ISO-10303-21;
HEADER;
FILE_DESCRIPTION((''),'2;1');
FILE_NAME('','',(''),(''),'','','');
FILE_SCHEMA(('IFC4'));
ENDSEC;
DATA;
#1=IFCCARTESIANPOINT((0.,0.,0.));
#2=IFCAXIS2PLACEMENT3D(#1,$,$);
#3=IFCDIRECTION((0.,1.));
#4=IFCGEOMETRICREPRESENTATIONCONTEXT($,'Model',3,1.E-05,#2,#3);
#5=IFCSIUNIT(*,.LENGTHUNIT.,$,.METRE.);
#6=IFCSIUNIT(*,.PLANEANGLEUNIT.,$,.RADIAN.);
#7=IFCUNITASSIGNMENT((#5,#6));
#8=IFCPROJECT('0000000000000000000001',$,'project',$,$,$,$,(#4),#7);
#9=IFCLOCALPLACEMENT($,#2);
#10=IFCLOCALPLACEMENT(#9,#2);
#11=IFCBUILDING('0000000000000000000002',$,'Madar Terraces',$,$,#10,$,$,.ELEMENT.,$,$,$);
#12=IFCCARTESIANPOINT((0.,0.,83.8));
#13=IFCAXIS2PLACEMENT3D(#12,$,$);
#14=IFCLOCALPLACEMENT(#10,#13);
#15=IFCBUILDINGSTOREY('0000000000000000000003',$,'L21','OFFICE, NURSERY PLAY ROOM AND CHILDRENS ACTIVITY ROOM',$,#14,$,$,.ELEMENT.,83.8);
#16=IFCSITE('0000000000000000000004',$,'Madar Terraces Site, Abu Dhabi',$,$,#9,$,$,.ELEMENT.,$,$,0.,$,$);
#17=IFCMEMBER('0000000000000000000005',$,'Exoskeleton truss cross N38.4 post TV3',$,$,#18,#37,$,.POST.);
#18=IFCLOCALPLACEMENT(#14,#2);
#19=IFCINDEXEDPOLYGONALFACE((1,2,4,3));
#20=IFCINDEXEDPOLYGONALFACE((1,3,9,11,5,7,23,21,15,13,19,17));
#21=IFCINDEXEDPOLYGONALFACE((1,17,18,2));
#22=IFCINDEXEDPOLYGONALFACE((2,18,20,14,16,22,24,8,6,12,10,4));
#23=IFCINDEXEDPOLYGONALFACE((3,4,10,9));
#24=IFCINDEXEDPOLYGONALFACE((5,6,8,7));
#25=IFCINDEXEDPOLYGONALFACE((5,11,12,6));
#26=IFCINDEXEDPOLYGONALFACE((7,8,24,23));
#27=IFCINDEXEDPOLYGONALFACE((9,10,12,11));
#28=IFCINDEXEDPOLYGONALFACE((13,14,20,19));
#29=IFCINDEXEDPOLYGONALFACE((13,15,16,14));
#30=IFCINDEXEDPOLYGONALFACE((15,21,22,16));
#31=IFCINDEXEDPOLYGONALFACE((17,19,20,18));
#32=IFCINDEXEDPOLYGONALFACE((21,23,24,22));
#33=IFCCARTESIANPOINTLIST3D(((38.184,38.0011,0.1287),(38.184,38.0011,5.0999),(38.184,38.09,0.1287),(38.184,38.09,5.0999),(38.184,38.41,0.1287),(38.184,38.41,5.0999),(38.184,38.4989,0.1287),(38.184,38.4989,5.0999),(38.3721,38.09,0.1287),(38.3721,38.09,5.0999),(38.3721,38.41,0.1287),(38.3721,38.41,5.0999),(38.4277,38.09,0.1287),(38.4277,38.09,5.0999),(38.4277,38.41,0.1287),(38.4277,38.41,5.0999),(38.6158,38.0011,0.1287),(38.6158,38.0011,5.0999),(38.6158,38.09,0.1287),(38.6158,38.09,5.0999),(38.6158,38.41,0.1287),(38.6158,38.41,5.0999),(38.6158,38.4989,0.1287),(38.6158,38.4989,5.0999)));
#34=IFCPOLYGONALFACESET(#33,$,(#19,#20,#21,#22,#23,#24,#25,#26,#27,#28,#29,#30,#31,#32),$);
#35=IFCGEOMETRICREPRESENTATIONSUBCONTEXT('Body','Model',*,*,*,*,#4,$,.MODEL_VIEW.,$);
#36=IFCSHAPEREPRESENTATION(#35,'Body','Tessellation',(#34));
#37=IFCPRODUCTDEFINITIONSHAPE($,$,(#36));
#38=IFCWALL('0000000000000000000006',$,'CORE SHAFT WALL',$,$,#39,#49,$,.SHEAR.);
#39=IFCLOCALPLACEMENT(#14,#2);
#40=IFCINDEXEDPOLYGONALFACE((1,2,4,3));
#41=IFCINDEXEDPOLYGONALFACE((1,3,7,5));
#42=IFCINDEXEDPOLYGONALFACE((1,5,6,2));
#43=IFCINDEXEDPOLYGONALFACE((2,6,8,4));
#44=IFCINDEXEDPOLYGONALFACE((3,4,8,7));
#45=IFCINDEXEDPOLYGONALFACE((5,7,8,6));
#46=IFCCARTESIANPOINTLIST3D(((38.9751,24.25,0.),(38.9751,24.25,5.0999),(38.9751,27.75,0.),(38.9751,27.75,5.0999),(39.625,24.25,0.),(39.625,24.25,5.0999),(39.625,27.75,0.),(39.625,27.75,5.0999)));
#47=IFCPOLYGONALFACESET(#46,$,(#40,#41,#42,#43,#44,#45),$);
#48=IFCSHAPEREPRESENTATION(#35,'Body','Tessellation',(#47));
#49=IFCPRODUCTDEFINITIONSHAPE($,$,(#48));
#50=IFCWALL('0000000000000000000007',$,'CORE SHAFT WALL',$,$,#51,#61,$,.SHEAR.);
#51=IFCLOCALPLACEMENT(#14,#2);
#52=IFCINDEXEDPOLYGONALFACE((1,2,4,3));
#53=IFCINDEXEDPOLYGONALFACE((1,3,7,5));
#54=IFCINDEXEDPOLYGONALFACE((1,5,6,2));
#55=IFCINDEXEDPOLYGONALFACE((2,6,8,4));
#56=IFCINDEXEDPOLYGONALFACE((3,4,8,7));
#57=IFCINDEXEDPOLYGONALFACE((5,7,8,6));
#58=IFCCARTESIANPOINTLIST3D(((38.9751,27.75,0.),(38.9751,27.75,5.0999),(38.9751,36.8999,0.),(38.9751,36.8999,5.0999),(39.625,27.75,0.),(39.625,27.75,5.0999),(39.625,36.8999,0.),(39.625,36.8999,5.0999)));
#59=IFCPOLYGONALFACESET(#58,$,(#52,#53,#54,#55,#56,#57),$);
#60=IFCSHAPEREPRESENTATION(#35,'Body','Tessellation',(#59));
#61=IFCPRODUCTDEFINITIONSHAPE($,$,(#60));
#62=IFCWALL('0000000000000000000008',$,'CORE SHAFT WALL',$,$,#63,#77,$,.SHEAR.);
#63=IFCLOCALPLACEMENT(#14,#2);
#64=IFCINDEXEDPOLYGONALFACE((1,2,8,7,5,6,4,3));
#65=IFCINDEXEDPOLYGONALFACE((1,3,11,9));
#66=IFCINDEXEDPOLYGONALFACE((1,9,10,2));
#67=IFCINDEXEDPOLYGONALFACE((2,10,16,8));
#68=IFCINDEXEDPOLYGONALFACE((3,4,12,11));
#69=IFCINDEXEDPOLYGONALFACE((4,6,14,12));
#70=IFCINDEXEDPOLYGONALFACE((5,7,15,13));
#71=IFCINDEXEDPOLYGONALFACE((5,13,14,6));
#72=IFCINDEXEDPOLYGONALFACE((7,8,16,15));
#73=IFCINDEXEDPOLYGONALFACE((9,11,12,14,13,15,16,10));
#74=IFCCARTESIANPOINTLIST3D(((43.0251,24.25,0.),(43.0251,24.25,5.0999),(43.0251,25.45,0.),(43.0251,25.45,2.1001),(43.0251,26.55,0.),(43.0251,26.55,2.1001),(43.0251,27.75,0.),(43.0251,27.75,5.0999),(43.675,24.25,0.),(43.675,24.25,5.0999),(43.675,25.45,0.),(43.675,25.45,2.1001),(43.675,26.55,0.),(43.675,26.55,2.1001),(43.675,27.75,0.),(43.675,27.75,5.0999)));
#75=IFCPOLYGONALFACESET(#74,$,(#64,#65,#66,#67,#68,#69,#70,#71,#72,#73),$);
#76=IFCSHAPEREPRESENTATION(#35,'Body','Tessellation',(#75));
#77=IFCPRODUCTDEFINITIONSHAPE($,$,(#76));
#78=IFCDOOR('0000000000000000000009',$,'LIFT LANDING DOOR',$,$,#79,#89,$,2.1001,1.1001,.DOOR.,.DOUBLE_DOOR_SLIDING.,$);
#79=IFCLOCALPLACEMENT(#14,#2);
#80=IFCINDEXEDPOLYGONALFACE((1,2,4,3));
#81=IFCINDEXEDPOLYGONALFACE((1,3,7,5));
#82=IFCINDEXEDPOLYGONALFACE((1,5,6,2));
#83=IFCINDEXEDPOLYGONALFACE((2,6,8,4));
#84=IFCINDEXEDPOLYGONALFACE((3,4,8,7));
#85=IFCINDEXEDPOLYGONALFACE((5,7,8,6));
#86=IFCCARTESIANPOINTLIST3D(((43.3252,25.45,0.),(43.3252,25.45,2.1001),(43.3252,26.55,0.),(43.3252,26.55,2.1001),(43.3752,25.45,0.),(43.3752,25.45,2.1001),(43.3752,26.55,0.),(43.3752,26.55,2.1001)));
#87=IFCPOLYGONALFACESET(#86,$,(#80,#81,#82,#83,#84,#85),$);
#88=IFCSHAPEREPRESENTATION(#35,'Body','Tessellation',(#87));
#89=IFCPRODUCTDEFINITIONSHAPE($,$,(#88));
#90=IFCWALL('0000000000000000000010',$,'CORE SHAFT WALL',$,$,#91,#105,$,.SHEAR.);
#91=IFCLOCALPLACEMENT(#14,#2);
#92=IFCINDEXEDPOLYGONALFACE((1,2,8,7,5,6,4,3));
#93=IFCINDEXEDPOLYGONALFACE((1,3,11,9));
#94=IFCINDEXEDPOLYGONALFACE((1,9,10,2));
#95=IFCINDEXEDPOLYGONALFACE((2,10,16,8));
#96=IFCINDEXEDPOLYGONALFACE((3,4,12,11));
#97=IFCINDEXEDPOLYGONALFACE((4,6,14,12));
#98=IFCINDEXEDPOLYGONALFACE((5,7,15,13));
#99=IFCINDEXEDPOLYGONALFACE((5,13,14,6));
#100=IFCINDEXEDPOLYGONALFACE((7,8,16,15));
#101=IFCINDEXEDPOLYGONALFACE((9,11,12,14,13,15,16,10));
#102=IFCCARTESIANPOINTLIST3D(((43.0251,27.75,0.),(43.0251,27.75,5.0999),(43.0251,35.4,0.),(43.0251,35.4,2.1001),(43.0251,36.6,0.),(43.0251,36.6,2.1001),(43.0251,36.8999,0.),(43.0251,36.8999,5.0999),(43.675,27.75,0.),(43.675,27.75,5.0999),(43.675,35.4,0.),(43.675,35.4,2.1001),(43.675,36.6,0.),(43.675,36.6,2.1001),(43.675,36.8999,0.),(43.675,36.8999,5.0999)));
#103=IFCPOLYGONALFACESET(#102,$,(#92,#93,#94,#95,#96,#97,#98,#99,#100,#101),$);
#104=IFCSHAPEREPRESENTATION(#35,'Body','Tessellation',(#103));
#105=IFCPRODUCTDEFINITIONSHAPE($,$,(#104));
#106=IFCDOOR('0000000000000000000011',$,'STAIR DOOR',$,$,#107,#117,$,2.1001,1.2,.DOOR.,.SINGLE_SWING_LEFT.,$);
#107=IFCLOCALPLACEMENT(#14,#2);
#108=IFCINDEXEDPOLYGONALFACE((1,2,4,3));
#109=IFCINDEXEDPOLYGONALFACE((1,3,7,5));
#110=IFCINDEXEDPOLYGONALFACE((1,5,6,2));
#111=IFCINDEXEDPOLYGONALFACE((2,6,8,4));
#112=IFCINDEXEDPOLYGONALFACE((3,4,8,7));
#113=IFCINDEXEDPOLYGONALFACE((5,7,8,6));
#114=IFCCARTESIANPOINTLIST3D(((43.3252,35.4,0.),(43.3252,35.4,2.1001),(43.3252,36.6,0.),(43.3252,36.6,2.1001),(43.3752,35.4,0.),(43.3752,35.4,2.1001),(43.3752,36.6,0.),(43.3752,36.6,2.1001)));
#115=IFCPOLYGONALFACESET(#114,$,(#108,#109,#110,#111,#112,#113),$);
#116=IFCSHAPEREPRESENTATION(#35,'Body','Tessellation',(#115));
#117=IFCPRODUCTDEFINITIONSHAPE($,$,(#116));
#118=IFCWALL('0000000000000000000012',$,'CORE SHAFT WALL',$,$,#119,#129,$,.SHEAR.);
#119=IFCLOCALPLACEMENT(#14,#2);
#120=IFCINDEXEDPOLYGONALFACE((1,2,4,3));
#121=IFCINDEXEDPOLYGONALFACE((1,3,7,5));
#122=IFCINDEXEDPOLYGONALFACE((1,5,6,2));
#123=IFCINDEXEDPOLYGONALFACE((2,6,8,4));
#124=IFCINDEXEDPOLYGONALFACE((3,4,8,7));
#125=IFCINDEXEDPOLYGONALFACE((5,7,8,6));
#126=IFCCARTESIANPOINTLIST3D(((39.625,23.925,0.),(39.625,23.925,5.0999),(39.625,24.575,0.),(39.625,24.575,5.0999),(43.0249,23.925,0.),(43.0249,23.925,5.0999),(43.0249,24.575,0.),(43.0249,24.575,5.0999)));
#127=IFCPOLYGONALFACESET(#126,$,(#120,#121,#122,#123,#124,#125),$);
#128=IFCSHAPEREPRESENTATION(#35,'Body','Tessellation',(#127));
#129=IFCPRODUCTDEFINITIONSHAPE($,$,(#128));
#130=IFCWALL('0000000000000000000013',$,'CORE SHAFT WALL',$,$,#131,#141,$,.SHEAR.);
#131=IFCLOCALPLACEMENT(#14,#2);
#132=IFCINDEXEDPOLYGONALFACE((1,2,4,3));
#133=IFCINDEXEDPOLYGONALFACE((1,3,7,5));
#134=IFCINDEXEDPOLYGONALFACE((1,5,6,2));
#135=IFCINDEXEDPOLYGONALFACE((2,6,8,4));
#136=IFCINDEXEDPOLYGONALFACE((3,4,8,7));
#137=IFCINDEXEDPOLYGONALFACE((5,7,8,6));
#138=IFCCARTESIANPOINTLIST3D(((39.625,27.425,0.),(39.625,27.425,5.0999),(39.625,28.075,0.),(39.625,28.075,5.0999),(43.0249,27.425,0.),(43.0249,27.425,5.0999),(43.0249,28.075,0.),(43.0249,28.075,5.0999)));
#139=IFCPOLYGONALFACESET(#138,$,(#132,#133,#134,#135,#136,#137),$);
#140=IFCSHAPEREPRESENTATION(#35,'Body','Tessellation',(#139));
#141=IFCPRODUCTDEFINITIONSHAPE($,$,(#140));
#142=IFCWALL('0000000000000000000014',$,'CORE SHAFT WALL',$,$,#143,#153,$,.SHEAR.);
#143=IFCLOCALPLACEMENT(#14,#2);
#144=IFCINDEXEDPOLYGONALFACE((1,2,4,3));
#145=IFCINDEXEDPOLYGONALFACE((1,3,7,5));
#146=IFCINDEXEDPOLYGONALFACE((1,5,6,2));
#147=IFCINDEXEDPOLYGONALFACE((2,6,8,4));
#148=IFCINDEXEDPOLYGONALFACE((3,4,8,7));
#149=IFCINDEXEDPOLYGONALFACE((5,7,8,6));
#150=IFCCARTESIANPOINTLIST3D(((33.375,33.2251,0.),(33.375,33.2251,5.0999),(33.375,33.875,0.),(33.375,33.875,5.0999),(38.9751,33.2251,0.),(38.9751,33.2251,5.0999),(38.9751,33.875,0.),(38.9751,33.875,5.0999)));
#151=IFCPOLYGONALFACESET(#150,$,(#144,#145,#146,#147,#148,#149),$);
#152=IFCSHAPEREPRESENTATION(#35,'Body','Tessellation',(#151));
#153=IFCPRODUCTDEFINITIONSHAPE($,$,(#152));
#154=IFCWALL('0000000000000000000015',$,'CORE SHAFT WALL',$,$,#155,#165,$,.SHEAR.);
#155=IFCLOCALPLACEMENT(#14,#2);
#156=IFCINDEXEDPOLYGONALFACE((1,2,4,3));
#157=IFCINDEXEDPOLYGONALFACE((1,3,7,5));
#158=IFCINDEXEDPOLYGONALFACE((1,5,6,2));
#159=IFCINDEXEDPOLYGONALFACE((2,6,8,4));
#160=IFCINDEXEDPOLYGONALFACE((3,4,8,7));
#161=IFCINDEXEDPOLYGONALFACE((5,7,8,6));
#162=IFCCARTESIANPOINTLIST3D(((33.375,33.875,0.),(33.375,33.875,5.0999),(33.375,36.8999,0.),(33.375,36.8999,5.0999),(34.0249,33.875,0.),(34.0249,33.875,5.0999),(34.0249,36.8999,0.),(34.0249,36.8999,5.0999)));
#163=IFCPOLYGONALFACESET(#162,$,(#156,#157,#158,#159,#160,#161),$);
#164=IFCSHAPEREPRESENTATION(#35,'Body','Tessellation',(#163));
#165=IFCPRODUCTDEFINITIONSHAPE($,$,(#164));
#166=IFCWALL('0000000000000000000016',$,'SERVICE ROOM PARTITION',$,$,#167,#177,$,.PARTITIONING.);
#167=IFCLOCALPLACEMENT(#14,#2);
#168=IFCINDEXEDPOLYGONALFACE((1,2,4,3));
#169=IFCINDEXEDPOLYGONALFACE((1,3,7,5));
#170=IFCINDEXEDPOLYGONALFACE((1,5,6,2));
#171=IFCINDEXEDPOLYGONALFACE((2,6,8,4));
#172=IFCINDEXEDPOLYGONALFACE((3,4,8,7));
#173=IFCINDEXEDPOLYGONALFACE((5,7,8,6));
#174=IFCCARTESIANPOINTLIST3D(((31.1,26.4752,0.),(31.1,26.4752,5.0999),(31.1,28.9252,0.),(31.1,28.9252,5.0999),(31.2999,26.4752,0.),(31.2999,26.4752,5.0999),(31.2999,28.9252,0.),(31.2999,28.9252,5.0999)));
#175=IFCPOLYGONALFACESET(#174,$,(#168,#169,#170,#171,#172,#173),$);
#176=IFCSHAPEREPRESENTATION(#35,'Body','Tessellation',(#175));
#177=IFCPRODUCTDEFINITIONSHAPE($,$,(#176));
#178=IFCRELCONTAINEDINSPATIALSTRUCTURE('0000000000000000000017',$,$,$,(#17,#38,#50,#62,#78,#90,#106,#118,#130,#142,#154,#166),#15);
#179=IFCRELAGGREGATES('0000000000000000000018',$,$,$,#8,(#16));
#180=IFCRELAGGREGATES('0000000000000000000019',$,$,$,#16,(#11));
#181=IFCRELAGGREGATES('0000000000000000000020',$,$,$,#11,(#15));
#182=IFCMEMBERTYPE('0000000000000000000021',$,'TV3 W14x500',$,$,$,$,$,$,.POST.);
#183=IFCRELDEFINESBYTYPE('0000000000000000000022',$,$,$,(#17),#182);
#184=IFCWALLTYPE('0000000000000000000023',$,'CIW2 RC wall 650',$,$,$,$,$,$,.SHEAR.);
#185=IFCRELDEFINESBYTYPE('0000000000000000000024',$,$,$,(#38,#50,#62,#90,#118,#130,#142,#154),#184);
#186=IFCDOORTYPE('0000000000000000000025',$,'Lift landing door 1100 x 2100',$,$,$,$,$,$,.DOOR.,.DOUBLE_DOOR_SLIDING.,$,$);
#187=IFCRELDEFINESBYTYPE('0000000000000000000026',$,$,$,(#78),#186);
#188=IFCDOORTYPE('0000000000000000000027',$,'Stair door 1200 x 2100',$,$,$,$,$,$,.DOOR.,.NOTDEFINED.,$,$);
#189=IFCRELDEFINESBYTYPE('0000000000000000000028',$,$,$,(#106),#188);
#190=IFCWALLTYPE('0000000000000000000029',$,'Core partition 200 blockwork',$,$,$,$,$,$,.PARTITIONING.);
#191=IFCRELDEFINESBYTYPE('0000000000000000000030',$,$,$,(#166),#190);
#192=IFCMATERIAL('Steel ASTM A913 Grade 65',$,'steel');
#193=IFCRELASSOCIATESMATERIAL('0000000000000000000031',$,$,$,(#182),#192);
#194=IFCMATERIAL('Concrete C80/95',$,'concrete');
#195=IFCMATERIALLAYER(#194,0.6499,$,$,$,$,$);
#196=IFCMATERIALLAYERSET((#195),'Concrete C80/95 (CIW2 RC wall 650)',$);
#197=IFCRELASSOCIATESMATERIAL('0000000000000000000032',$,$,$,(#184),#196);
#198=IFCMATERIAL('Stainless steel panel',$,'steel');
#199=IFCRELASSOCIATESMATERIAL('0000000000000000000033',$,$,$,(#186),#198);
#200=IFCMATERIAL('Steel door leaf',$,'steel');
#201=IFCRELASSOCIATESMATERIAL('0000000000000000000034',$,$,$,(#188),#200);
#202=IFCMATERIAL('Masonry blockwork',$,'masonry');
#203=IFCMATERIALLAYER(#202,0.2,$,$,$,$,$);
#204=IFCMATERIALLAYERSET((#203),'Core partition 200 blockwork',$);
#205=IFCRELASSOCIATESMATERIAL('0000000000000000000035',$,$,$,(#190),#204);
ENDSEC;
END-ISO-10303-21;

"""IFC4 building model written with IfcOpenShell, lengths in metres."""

from ifc_helpers import new_model, si_unit, direction, frame, frame_2d, origin, origin_2d, place, context, subcontext, project, spatial, rectangle, i_section, extrude, material, layer, layer_set, material_profile, profile_set, type_object, element, fill, save


model = new_model("IFC4")

# Units and contexts
model_context = context("Model", 3, precision=1e-05, world=origin(), true_north=direction((0.0, 1.0)))
body_context = subcontext(model_context, "Body", "Model", "MODEL_VIEW")
ifc_project = project(units=[si_unit("LENGTHUNIT", "METRE"), si_unit("PLANEANGLEUNIT", "RADIAN")], contexts=[model_context])

# Site, building, storey
site_placement = place(None, origin())
site = spatial("IfcSite", under=ifc_project, at=site_placement, Name="Madar Terraces Site, Abu Dhabi", CompositionType="ELEMENT", RefElevation=0.0)
building_placement = place(site_placement, origin())
building = spatial("IfcBuilding", under=site, at=building_placement, Name="Madar Terraces", CompositionType="ELEMENT")
storey_placement = place(building_placement, frame((0.0, 0.0, 83.8)))
storey = spatial("IfcBuildingStorey", under=building, at=storey_placement, Name="L21", Description="OFFICE, NURSERY PLAY ROOM AND CHILDRENS ACTIVITY ROOM", CompositionType="ELEMENT", Elevation=83.8)

# Member
ifc_material_1 = material(Name="Steel ASTM A913 Grade 65", Category="steel")
ifc_material_profile = material_profile(ifc_material_1, i_section(OverallWidth=0.4319, OverallDepth=0.4978, WebThickness=0.0557, FlangeThickness=0.0889, at=origin_2d()), Name="W14x500")
ifc_profile_set = profile_set([ifc_material_profile], Name="Steel ASTM A913 Grade 65")
member_type = type_object("IfcMemberType", Name="TV3 W14x500", PredefinedType="POST", material=ifc_profile_set)
member_placement = place(storey_placement, frame((38.3999, 38.25, 0.1287), z_axis=(0.0, 0.0, 1.0), x_axis=(-1.0, 0.0, 0.0)))
element("IfcMember", 1, at=member_placement, inside=storey, type_object=member_type, Name="Exoskeleton truss cross N38.4 post TV3", PredefinedType="POST", context=body_context, shape_type="SweptSolid", body=[
    extrude(i_section(OverallWidth=0.4319, OverallDepth=0.4978, WebThickness=0.0557, FlangeThickness=0.0889, at=origin_2d()), origin(), (0.0, 0.0, 1.0), 4.9712),
])

# Walls
ifc_material_2 = material(Name="Concrete C80/95", Category="concrete")
ifc_layer_1 = layer(ifc_material_2, 0.6499)
ifc_layer_set_1 = layer_set([ifc_layer_1], Name="Concrete C80/95 (CIW2 RC wall 650)")
wall_type_1 = type_object("IfcWallType", Name="CIW2 RC wall 650", PredefinedType="SHEAR", material=ifc_layer_set_1)
wall_1_placement = place(storey_placement, frame((39.3, 24.25, 0.0), z_axis=(0.0, 0.0, 1.0), x_axis=(0.0, 1.0, 0.0)))
element("IfcWall", 2, at=wall_1_placement, inside=storey, type_object=wall_type_1, Name="CORE SHAFT WALL", PredefinedType="SHEAR", context=body_context, shape_type="SweptSolid", body=[
    extrude(rectangle(XDim=3.5, YDim=0.6499, at=frame_2d((1.75, 0.0))), origin(), (0.0, 0.0, 1.0), 5.0999),
])
wall_2_placement = place(storey_placement, frame((39.3, 27.75, 0.0), z_axis=(0.0, 0.0, 1.0), x_axis=(0.0, 1.0, 0.0)))
element("IfcWall", 3, at=wall_2_placement, inside=storey, type_object=wall_type_1, Name="CORE SHAFT WALL", PredefinedType="SHEAR", context=body_context, shape_type="SweptSolid", body=[
    extrude(rectangle(XDim=9.1499, YDim=0.6499, at=frame_2d((4.575, 0.0))), origin(), (0.0, 0.0, 1.0), 5.0999),
])

# Walls, openings, doors
wall_3_placement = place(storey_placement, frame((43.3501, 24.25, 0.0), z_axis=(0.0, 0.0, 1.0), x_axis=(0.0, 1.0, 0.0)))
wall_3 = element("IfcWall", 4, at=wall_3_placement, inside=storey, type_object=wall_type_1, Name="CORE SHAFT WALL", PredefinedType="SHEAR", context=body_context, shape_type="SweptSolid", body=[
    extrude(rectangle(XDim=3.5, YDim=0.6499, at=frame_2d((1.75, 0.0))), origin(), (0.0, 0.0, 1.0), 5.0999),
])
opening_1_placement = place(wall_3_placement, frame((1.2, 0.0, 0.0)))
opening_1 = element("IfcOpeningElement", 5, at=opening_1_placement, cuts=wall_3, PredefinedType="OPENING", context=body_context, shape_type="SweptSolid", body=[
    extrude(rectangle(XDim=1.1001, YDim=2.1001, at=frame_2d((0.55, 1.05))), frame((0.0, 0.335, 0.0), z_axis=(0.0, -1.0, 0.0), x_axis=(1.0, 0.0, 0.0)), (0.0, 0.0, 1.0), 0.6699),
])
ifc_material_3 = material(Name="Stainless steel panel", Category="steel")
door_type_1 = type_object("IfcDoorType", Name="Lift landing door 1100 x 2100", OperationType="DOUBLE_DOOR_SLIDING", PredefinedType="DOOR", material=ifc_material_3)
door_1_placement = place(opening_1_placement, origin())
door_1 = element("IfcDoor", 6, at=door_1_placement, inside=storey, type_object=door_type_1, Name="LIFT LANDING DOOR", OperationType="DOUBLE_DOOR_SLIDING", OverallHeight=2.1001, OverallWidth=1.1001, PredefinedType="DOOR", context=body_context, shape_type="SweptSolid", body=[
    extrude(rectangle(XDim=1.1001, YDim=2.1001, at=frame_2d((0.55, 1.05))), frame((0.0, 0.0249, 0.0), z_axis=(0.0, -1.0, 0.0), x_axis=(1.0, 0.0, 0.0)), (0.0, 0.0, 1.0), 0.05),
])
fill(opening_1, door_1)
wall_4_placement = place(storey_placement, frame((43.3501, 27.75, 0.0), z_axis=(0.0, 0.0, 1.0), x_axis=(0.0, 1.0, 0.0)))
wall_4 = element("IfcWall", 7, at=wall_4_placement, inside=storey, type_object=wall_type_1, Name="CORE SHAFT WALL", PredefinedType="SHEAR", context=body_context, shape_type="SweptSolid", body=[
    extrude(rectangle(XDim=9.1499, YDim=0.6499, at=frame_2d((4.575, 0.0))), origin(), (0.0, 0.0, 1.0), 5.0999),
])
opening_2_placement = place(wall_4_placement, frame((7.6499, 0.0, 0.0)))
opening_2 = element("IfcOpeningElement", 8, at=opening_2_placement, cuts=wall_4, PredefinedType="OPENING", context=body_context, shape_type="SweptSolid", body=[
    extrude(rectangle(XDim=1.2, YDim=2.1001, at=frame_2d((0.6001, 1.05))), frame((0.0, 0.335, 0.0), z_axis=(0.0, -1.0, 0.0), x_axis=(1.0, 0.0, 0.0)), (0.0, 0.0, 1.0), 0.6699),
])
ifc_material_4 = material(Name="Steel door leaf", Category="steel")
door_type_2 = type_object("IfcDoorType", Name="Stair door 1200 x 2100", OperationType="NOTDEFINED", PredefinedType="DOOR", material=ifc_material_4)
door_2_placement = place(opening_2_placement, origin())
door_2 = element("IfcDoor", 9, at=door_2_placement, inside=storey, type_object=door_type_2, Name="STAIR DOOR", OperationType="SINGLE_SWING_LEFT", OverallHeight=2.1001, OverallWidth=1.2, PredefinedType="DOOR", context=body_context, shape_type="SweptSolid", body=[
    extrude(rectangle(XDim=1.2, YDim=2.1001, at=frame_2d((0.6001, 1.05))), frame((0.0, 0.0249, 0.0), z_axis=(0.0, -1.0, 0.0), x_axis=(1.0, 0.0, 0.0)), (0.0, 0.0, 1.0), 0.05),
])
fill(opening_2, door_2)

# Walls
for number, where, z_axis, x_axis, name in (
    (10, (39.625, 24.25, 0.0), (0.0, 0.0, 1.0), (1.0, 0.0, 0.0), "CORE SHAFT WALL"),
    (11, (39.625, 27.75, 0.0), (0.0, 0.0, 1.0), (1.0, 0.0, 0.0), "CORE SHAFT WALL"),
):
    element("IfcWall", number, at=place(storey_placement, frame(where, z_axis=z_axis, x_axis=x_axis)), inside=storey, type_object=wall_type_1, Name=name, PredefinedType="SHEAR", context=body_context, shape_type="SweptSolid", body=[
        extrude(rectangle(XDim=3.3999, YDim=0.6499, at=frame_2d((1.7, 0.0))), origin(), (0.0, 0.0, 1.0), 5.0999),
    ])
wall_5_placement = place(storey_placement, frame((33.375, 33.55, 0.0), z_axis=(0.0, 0.0, 1.0), x_axis=(1.0, 0.0, 0.0)))
element("IfcWall", 12, at=wall_5_placement, inside=storey, type_object=wall_type_1, Name="CORE SHAFT WALL", PredefinedType="SHEAR", context=body_context, shape_type="SweptSolid", body=[
    extrude(rectangle(XDim=5.6001, YDim=0.6499, at=frame_2d((2.8, 0.0))), origin(), (0.0, 0.0, 1.0), 5.0999),
])
wall_6_placement = place(storey_placement, frame((33.7, 33.875, 0.0), z_axis=(0.0, 0.0, 1.0), x_axis=(0.0, 1.0, 0.0)))
element("IfcWall", 13, at=wall_6_placement, inside=storey, type_object=wall_type_1, Name="CORE SHAFT WALL", PredefinedType="SHEAR", context=body_context, shape_type="SweptSolid", body=[
    extrude(rectangle(XDim=3.0249, YDim=0.6499, at=frame_2d((1.5125, 0.0))), origin(), (0.0, 0.0, 1.0), 5.0999),
])
ifc_material_5 = material(Name="Masonry blockwork", Category="masonry")
ifc_layer_2 = layer(ifc_material_5, 0.2)
ifc_layer_set_2 = layer_set([ifc_layer_2], Name="Core partition 200 blockwork")
wall_type_2 = type_object("IfcWallType", Name="Core partition 200 blockwork", PredefinedType="PARTITIONING", material=ifc_layer_set_2)
wall_7_placement = place(storey_placement, frame((31.2, 26.4751, 0.0), z_axis=(0.0, 0.0, 1.0), x_axis=(0.0, 1.0, 0.0)))
element("IfcWall", 14, at=wall_7_placement, inside=storey, type_object=wall_type_2, Name="SERVICE ROOM PARTITION", PredefinedType="PARTITIONING", context=body_context, shape_type="SweptSolid", body=[
    extrude(rectangle(XDim=2.45, YDim=0.2, at=frame_2d((1.2251, 0.0))), origin(), (0.0, 0.0, 1.0), 5.0999),
])

save(model, "model.ifc")
